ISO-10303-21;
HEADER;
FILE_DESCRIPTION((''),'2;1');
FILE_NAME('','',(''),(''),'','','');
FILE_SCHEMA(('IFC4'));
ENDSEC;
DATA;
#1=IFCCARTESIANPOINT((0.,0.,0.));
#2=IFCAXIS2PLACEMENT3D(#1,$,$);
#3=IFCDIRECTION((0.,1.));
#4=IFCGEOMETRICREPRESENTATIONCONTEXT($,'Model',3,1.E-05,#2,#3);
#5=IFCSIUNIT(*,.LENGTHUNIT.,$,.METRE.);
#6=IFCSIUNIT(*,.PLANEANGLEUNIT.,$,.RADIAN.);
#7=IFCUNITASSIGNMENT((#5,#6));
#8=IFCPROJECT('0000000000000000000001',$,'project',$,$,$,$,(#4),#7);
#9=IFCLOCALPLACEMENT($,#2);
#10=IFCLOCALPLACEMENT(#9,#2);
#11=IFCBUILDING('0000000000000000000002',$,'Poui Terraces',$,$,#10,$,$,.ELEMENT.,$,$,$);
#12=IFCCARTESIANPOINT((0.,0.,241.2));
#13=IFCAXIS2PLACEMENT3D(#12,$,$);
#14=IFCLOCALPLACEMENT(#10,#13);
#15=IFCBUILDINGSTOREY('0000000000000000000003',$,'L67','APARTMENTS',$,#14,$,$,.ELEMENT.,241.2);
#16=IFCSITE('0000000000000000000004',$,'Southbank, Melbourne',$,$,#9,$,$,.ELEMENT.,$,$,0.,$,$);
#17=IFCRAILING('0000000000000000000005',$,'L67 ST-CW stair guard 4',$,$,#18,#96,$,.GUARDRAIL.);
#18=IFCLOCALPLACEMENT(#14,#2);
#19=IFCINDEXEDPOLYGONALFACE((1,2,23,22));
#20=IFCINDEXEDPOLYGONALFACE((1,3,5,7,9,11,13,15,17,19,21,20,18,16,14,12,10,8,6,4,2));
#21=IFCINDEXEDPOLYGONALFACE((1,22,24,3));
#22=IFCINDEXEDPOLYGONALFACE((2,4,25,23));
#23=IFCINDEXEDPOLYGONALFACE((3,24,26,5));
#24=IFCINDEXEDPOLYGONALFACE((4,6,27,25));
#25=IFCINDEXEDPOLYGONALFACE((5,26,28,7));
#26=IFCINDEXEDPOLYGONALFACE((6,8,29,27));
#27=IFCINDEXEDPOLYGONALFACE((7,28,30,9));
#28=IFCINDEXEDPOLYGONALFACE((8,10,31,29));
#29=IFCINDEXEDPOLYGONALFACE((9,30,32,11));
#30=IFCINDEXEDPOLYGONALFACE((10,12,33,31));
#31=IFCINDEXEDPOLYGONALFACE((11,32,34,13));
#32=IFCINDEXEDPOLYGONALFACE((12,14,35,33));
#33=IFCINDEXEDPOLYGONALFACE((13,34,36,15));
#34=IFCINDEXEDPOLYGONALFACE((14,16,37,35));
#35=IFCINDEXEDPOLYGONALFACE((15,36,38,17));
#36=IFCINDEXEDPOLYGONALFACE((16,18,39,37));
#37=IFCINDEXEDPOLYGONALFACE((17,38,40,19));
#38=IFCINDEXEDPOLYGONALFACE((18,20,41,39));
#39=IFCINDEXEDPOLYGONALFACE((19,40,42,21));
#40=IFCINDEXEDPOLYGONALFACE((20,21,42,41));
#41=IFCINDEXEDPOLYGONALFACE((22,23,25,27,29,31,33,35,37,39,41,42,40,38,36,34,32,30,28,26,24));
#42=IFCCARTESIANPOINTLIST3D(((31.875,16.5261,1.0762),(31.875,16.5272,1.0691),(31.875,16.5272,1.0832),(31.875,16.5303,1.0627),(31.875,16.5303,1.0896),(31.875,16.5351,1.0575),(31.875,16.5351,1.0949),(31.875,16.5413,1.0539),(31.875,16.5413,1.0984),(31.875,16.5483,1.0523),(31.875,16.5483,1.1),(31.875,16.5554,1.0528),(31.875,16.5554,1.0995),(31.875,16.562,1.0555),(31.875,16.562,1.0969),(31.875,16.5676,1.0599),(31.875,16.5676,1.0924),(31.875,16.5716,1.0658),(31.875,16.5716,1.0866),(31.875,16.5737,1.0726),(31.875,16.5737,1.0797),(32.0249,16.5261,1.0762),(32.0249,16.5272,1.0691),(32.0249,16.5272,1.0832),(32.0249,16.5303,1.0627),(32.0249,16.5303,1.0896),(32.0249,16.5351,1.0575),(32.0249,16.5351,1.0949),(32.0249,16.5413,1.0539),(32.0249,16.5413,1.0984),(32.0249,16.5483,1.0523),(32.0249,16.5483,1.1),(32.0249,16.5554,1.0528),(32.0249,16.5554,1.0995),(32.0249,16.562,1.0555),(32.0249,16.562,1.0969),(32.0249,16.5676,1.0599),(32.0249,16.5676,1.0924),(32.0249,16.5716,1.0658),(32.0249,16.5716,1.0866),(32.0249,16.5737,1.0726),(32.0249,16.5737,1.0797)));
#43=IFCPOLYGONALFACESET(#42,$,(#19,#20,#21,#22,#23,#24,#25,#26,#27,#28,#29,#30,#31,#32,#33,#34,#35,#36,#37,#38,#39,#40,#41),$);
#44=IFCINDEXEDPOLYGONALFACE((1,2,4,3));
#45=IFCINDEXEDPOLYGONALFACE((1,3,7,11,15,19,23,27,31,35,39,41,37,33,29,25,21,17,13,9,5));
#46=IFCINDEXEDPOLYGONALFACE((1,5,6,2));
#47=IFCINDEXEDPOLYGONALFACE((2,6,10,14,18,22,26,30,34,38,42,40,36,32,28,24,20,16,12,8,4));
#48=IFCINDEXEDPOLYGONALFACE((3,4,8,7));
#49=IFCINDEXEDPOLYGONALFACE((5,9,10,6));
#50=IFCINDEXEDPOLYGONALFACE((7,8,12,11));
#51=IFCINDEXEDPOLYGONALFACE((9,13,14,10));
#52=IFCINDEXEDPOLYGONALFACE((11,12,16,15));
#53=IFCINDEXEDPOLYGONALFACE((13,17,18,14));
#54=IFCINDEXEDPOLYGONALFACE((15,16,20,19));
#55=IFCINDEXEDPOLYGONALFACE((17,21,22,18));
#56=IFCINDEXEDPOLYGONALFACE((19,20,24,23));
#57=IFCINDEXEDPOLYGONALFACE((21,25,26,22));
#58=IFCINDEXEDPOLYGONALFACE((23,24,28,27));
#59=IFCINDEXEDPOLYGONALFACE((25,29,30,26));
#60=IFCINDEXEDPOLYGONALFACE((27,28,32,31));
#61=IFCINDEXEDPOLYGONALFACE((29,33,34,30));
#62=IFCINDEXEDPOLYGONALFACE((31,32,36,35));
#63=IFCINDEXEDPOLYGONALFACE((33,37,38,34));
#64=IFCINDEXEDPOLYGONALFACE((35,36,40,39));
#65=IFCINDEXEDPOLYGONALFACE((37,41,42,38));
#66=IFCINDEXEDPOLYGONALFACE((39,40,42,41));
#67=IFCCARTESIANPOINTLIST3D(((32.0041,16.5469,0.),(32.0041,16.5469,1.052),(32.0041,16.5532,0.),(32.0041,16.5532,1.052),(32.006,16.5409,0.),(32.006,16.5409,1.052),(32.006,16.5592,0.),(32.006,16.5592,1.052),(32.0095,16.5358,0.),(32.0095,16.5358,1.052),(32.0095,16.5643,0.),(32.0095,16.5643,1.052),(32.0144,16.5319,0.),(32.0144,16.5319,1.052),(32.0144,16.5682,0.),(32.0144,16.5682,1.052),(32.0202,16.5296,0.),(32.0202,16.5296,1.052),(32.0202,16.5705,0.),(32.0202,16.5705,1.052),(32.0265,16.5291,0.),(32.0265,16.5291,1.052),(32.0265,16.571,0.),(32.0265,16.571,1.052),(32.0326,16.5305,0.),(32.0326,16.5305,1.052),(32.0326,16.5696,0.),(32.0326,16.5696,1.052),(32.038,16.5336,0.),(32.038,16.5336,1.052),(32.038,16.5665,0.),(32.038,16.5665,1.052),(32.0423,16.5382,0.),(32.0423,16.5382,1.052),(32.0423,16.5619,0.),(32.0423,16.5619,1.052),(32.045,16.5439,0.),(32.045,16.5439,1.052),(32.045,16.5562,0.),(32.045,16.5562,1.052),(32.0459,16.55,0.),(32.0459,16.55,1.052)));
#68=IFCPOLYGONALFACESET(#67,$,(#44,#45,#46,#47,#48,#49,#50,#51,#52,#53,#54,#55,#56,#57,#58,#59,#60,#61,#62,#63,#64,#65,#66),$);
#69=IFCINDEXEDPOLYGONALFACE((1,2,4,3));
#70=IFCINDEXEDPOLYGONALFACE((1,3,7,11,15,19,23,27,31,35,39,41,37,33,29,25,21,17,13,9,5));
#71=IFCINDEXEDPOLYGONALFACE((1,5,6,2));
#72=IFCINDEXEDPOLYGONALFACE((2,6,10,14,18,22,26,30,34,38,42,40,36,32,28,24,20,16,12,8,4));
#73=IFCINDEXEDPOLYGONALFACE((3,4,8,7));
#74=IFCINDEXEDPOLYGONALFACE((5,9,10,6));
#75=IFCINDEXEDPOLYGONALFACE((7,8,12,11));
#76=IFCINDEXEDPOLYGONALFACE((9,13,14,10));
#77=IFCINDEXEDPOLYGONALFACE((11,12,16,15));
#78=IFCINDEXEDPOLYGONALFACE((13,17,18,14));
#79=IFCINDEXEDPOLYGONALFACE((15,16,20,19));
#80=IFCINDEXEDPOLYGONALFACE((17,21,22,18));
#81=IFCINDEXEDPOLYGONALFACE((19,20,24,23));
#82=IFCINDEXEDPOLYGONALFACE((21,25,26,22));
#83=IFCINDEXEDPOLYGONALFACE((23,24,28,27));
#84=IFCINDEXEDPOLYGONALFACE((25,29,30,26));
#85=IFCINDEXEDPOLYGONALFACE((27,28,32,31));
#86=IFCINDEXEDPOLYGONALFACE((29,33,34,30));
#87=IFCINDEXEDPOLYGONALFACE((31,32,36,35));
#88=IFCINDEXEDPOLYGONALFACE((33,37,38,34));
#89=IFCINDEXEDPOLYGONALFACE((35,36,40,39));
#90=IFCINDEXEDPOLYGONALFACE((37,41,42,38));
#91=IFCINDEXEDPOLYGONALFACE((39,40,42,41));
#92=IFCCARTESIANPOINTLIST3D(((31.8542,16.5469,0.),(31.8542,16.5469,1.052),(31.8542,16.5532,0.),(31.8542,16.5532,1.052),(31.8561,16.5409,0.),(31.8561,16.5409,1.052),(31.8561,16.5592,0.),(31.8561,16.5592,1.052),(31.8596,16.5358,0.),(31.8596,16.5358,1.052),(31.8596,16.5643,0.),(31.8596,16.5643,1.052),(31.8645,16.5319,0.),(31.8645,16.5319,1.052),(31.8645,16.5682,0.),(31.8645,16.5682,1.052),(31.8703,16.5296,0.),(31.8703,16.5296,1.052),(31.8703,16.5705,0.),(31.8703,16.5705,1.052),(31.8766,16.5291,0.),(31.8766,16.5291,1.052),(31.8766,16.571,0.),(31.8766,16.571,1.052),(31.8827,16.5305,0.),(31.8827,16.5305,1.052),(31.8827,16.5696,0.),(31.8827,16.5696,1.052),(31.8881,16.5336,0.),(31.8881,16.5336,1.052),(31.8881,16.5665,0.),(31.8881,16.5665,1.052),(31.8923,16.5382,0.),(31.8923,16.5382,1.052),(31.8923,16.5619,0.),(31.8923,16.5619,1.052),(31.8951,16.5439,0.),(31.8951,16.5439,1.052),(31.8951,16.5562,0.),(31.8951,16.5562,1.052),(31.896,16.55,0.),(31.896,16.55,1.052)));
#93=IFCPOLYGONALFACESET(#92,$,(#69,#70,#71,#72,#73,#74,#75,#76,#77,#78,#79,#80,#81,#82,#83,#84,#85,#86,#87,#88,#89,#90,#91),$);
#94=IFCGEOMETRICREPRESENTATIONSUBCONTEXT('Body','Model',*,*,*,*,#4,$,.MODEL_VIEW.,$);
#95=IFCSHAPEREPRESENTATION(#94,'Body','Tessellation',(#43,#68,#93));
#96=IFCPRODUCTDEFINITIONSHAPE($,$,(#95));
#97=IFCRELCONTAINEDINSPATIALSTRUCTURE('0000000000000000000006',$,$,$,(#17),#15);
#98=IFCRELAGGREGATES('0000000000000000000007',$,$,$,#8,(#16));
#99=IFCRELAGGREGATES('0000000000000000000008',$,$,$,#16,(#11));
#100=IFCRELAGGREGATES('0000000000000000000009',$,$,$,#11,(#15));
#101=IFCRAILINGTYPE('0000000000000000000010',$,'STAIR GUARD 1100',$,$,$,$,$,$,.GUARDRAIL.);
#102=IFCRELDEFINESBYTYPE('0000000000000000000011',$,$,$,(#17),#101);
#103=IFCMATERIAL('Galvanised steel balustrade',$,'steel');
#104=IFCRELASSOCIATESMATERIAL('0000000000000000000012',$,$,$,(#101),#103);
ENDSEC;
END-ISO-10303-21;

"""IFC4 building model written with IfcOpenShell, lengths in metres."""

from ifc_helpers import new_model, si_unit, direction, frame, origin, origin_2d, place, context, subcontext, project, spatial, circle, extrude, material, type_object, element, save


model = new_model("IFC4")

# Units and contexts
model_context = context("Model", 3, precision=1e-05, world=origin(), true_north=direction((0.0, 1.0)))
body_context = subcontext(model_context, "Body", "Model", "MODEL_VIEW")
ifc_project = project(units=[si_unit("LENGTHUNIT", "METRE"), si_unit("PLANEANGLEUNIT", "RADIAN")], contexts=[model_context])

# Site, building, storey
site_placement = place(None, origin())
site = spatial("IfcSite", under=ifc_project, at=site_placement, Name="Southbank, Melbourne", CompositionType="ELEMENT", RefElevation=0.0)
building_placement = place(site_placement, origin())
building = spatial("IfcBuilding", under=site, at=building_placement, Name="Poui Terraces", CompositionType="ELEMENT")
storey_placement = place(building_placement, frame((0.0, 0.0, 241.2)))
storey = spatial("IfcBuildingStorey", under=building, at=storey_placement, Name="L67", Description="APARTMENTS", CompositionType="ELEMENT", Elevation=241.2)

# Railing
ifc_material_1 = material(Name="Galvanised steel balustrade", Category="steel")
railing_type_1 = type_object("IfcRailingType", Name="STAIR GUARD 1100", PredefinedType="GUARDRAIL", material=ifc_material_1)
railing_1_placement = place(storey_placement, frame((32.0249, 16.55, 0.0)))
element("IfcRailing", 1, at=railing_1_placement, inside=storey, type_object=railing_type_1, Name="L67 ST-CW stair guard 4", PredefinedType="GUARDRAIL", context=body_context, shape_type="SweptSolid", body=[
    extrude(circle(Radius=0.0239, at=origin_2d()), frame((0.0, 0.0, 1.0762), z_axis=(-1.0, 0.0, 0.0), x_axis=(0.0, -1.0, 0.0)), (0.0, 0.0, 1.0), 0.1499),
    extrude(circle(Radius=0.021, at=origin_2d()), origin(), (0.0, 0.0, 1.0), 1.052),
    extrude(circle(Radius=0.021, at=origin_2d()), frame((-0.1499, 0.0, 0.0)), (0.0, 0.0, 1.0), 1.052),
])

save(model, "model.ifc")
